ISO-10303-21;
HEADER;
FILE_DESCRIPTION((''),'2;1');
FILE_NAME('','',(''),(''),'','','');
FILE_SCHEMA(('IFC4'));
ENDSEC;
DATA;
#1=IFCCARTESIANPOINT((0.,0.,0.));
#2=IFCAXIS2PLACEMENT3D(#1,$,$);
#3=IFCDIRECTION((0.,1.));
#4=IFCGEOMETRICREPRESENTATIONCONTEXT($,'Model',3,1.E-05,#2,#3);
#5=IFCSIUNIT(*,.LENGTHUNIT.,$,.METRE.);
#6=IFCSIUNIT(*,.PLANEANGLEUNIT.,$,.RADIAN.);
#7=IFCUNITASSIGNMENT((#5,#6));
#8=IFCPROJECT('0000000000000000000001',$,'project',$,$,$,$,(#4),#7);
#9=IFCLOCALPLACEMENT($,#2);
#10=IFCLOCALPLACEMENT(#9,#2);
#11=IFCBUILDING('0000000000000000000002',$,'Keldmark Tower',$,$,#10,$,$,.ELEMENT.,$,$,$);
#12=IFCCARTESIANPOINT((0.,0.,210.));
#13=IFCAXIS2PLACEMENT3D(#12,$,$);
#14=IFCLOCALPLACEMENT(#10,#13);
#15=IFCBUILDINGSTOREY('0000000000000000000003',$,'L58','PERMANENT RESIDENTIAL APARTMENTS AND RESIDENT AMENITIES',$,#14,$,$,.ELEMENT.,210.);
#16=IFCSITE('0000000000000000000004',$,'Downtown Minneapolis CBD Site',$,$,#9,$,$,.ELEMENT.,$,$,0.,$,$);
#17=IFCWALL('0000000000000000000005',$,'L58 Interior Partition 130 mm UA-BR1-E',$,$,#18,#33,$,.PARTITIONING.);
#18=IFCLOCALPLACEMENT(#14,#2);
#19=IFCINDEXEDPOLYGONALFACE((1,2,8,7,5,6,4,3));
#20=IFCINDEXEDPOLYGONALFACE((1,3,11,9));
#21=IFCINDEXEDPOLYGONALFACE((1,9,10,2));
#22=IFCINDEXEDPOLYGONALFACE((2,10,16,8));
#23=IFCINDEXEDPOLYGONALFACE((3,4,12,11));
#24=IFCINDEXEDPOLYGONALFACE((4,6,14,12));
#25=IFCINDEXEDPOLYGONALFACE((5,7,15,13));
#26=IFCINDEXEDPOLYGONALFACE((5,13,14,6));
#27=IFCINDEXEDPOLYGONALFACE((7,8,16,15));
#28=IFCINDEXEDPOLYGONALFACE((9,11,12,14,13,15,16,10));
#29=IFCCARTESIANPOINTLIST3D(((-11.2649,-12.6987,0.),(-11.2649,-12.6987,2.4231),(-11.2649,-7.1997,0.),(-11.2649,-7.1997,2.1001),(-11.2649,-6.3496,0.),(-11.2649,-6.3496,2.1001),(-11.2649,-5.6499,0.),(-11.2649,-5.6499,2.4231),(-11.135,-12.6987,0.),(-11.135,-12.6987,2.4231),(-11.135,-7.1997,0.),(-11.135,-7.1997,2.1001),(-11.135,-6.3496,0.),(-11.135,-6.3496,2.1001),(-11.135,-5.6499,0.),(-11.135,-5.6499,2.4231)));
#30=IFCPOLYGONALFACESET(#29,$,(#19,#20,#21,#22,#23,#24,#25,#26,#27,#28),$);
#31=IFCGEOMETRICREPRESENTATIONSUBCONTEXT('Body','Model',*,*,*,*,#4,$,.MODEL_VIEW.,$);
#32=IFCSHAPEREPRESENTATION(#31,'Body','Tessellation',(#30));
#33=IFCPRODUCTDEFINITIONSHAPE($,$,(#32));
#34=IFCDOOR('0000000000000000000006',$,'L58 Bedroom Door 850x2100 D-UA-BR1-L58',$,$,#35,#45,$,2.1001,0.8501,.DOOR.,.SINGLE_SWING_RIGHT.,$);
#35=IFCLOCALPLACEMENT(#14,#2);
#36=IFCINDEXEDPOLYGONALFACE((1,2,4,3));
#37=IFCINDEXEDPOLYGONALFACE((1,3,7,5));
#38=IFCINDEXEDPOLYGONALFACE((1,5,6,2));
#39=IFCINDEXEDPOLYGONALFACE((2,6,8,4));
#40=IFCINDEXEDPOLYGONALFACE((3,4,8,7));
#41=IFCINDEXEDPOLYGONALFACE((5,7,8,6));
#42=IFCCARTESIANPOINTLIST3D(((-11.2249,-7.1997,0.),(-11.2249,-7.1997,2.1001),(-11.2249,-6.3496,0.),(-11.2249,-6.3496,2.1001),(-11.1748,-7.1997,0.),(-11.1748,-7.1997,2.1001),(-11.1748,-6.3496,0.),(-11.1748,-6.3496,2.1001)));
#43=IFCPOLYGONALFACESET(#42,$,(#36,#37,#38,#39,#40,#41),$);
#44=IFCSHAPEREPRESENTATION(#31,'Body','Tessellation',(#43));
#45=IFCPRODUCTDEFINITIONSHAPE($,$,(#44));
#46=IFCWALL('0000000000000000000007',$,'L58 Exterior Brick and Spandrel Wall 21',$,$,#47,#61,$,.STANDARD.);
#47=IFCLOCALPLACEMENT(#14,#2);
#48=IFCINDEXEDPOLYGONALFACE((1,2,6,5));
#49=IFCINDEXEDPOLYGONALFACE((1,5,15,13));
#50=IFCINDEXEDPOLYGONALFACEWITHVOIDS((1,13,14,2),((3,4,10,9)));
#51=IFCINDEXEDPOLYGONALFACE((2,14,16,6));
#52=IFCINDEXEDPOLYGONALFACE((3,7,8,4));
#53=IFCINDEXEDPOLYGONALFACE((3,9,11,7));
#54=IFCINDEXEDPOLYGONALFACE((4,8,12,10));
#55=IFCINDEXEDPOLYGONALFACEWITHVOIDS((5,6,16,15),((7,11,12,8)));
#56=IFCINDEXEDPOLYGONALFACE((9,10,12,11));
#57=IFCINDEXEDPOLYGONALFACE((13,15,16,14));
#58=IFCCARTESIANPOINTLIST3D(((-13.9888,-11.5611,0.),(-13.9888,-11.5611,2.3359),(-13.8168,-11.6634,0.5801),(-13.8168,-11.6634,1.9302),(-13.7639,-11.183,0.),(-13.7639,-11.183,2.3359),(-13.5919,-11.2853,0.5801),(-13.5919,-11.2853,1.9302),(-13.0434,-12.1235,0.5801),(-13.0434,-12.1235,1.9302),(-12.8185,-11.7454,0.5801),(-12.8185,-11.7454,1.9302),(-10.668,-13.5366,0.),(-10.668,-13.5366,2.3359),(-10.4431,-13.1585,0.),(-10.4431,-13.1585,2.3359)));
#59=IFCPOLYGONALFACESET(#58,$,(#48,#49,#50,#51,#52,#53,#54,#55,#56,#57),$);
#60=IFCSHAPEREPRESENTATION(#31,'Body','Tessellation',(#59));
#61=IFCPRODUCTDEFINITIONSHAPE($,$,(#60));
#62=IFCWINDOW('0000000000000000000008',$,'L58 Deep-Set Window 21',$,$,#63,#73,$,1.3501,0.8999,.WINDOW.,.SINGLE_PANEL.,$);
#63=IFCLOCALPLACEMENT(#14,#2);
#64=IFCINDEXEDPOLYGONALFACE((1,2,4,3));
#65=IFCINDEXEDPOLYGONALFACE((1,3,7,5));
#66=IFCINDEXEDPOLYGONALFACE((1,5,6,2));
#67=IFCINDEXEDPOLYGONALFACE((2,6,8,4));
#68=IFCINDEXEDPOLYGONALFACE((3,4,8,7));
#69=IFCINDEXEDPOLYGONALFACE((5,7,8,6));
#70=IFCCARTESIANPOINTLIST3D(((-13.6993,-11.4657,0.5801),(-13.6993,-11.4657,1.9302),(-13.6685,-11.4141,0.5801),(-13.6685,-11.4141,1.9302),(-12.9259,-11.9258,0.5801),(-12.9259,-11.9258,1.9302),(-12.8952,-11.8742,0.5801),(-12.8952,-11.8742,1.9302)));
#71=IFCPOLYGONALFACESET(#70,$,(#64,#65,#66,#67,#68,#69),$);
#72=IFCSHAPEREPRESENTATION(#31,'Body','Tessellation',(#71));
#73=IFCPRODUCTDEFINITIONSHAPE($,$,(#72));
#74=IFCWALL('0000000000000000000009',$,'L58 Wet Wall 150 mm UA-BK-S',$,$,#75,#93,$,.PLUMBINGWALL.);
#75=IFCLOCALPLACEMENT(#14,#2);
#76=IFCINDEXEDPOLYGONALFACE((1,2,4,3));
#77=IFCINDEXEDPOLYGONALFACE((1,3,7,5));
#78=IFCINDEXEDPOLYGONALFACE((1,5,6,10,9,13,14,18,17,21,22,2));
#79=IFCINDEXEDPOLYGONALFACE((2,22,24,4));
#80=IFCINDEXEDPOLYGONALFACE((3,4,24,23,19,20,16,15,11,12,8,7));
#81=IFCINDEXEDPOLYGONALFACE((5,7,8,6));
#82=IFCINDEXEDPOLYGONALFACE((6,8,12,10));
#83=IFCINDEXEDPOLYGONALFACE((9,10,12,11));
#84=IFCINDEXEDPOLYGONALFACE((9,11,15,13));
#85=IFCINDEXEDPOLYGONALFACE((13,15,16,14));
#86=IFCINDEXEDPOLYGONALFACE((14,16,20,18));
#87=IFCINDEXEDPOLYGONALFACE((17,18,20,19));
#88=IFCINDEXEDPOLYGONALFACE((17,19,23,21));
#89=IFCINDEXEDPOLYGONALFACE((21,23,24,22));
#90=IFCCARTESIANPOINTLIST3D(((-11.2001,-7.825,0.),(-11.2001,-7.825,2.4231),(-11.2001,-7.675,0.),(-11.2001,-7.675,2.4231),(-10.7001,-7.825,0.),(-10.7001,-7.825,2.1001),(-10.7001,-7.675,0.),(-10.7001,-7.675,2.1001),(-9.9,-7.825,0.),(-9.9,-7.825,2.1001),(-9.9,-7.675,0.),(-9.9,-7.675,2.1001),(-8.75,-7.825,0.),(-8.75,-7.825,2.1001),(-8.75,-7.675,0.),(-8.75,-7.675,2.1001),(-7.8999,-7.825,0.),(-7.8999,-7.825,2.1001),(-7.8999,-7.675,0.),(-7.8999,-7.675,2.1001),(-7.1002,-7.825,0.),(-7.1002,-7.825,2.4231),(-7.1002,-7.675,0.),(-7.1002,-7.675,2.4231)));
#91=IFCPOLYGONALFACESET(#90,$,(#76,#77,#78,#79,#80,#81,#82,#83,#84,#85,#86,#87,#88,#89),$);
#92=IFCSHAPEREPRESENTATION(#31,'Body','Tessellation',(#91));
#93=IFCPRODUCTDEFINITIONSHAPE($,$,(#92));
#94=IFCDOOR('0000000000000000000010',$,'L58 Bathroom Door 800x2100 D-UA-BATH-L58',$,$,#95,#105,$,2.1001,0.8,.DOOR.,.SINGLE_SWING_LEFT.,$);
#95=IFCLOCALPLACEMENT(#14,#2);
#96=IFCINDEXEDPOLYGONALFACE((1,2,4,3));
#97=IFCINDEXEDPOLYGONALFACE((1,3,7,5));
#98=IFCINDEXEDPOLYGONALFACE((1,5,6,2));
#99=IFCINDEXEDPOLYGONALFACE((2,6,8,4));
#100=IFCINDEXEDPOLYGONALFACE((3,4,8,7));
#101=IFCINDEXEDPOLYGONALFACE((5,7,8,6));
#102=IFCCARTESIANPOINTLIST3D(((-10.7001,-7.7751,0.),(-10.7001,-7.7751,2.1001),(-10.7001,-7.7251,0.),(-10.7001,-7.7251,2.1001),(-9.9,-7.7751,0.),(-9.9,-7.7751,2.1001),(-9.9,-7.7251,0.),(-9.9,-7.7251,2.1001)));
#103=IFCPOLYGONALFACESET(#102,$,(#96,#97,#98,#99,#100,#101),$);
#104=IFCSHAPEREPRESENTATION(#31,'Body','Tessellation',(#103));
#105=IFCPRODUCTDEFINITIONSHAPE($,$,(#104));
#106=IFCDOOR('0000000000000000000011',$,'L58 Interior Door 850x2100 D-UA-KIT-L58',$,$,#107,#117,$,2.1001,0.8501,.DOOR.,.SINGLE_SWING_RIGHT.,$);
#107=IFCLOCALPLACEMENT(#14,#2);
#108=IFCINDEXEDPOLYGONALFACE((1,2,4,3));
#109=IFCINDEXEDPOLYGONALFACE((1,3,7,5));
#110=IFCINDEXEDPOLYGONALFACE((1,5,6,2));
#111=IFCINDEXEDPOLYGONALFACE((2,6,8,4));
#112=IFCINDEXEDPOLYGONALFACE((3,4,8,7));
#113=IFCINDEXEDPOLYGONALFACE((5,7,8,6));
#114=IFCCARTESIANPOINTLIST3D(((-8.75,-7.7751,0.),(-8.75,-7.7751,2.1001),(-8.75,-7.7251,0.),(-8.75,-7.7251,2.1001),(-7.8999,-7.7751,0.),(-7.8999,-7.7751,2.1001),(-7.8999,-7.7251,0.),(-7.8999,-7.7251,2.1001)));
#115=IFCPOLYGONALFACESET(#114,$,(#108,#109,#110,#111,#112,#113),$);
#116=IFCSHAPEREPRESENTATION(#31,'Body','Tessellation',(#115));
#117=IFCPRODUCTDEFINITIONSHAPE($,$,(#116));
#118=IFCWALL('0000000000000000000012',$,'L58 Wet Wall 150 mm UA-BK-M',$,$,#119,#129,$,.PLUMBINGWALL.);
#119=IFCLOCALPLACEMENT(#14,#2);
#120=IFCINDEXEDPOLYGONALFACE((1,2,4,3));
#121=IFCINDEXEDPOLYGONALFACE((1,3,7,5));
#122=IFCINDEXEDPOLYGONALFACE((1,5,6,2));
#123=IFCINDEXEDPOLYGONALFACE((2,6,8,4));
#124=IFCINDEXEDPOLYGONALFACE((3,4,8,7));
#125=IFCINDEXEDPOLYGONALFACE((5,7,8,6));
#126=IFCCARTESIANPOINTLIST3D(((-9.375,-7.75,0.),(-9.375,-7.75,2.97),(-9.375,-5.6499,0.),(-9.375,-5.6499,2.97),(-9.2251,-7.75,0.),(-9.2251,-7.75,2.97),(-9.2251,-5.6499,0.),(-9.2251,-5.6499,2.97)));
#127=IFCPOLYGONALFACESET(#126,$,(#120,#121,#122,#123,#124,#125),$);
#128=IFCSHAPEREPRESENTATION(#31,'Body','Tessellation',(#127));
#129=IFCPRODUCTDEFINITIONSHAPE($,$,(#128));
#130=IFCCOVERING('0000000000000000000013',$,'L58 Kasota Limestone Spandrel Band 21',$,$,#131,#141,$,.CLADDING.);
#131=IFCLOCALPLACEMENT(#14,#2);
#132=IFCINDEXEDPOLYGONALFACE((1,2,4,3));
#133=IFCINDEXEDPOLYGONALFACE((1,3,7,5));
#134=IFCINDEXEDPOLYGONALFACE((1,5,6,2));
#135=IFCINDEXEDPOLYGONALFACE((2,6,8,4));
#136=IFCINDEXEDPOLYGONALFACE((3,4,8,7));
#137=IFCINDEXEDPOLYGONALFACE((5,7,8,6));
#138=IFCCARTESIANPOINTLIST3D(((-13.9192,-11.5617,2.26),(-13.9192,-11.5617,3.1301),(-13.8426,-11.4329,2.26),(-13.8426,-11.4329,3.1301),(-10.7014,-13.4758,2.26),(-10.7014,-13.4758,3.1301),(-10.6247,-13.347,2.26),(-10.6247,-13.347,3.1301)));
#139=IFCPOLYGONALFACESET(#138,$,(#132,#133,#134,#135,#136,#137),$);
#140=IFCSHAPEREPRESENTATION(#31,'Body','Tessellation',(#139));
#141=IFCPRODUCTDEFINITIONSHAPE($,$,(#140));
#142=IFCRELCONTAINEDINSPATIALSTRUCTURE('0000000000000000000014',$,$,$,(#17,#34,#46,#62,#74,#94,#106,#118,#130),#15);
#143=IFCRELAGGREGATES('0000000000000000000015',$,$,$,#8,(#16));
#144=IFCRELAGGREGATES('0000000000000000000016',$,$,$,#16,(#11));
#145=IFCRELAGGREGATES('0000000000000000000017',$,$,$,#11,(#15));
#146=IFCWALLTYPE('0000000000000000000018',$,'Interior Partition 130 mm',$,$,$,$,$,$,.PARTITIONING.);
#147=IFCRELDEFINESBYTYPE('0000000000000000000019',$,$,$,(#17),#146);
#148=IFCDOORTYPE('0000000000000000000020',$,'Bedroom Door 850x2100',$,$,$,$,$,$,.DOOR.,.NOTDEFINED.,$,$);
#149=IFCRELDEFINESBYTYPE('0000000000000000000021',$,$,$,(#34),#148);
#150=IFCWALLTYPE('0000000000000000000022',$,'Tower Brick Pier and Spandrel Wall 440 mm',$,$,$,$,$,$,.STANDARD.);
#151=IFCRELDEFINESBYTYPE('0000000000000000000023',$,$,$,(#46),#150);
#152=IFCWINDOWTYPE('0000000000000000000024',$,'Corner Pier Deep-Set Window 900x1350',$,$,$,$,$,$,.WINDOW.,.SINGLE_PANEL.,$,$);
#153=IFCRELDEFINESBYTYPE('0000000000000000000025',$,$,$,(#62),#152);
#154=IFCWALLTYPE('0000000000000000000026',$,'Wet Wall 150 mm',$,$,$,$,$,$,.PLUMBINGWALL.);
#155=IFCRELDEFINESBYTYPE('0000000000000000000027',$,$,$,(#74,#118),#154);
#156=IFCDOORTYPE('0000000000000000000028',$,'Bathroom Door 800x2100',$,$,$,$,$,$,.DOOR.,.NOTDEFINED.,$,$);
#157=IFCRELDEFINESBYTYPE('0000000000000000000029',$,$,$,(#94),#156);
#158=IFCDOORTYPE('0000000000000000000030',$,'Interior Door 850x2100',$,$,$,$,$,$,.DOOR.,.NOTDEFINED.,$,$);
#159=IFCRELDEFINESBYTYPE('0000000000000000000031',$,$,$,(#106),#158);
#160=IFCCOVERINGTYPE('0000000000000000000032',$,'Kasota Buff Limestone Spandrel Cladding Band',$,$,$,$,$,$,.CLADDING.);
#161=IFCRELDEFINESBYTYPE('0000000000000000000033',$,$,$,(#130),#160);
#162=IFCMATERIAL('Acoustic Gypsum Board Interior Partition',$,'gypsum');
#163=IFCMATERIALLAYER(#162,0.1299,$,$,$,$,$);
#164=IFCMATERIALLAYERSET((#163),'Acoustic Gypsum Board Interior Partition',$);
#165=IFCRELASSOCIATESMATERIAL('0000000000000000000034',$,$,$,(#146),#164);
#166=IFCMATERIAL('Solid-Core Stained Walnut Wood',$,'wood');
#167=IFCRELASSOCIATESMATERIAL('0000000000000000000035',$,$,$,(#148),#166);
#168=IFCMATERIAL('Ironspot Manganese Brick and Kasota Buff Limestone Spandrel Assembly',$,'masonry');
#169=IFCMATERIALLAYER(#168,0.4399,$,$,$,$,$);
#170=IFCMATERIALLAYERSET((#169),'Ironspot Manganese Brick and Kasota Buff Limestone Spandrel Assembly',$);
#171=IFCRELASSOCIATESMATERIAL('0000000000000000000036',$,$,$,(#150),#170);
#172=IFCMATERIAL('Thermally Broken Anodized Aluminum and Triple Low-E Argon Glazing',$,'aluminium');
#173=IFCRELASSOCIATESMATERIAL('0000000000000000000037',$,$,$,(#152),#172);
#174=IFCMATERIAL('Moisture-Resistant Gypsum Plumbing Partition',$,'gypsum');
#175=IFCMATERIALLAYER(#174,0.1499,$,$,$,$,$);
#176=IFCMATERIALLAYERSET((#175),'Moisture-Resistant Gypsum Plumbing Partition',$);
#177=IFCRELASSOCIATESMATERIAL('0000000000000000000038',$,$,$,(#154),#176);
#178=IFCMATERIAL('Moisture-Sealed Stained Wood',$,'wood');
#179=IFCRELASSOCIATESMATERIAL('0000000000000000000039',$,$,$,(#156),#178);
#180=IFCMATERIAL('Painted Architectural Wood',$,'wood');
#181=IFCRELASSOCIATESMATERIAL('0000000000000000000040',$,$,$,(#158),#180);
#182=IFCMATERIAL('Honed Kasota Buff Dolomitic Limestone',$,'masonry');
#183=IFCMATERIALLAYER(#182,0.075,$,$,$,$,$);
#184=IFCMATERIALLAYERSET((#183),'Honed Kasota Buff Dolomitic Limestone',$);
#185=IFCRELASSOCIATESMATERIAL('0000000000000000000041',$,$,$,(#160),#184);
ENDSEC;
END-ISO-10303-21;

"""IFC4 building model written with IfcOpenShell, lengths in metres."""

from ifc_helpers import new_model, si_unit, direction, frame, frame_2d, origin, origin_2d, place, context, subcontext, project, spatial, rectangle, extrude, material, layer, layer_set, type_object, element, fill, save


model = new_model("IFC4")

# Units and contexts
model_context = context("Model", 3, precision=1e-05, world=origin(), true_north=direction((0.0, 1.0)))
body_context = subcontext(model_context, "Body", "Model", "MODEL_VIEW")
ifc_project = project(units=[si_unit("LENGTHUNIT", "METRE"), si_unit("PLANEANGLEUNIT", "RADIAN")], contexts=[model_context])

# Site, building, storey
site_placement = place(None, origin())
site = spatial("IfcSite", under=ifc_project, at=site_placement, Name="Downtown Minneapolis CBD Site", CompositionType="ELEMENT", RefElevation=0.0)
building_placement = place(site_placement, origin())
building = spatial("IfcBuilding", under=site, at=building_placement, Name="Keldmark Tower", CompositionType="ELEMENT")
storey_placement = place(building_placement, frame((0.0, 0.0, 210.0)))
storey = spatial("IfcBuildingStorey", under=building, at=storey_placement, Name="L58", Description="PERMANENT RESIDENTIAL APARTMENTS AND RESIDENT AMENITIES", CompositionType="ELEMENT", Elevation=210.0)

# Wall, opening, door
ifc_material_1 = material(Name="Acoustic Gypsum Board Interior Partition", Category="gypsum")
ifc_layer_1 = layer(ifc_material_1, 0.1299)
ifc_layer_set_1 = layer_set([ifc_layer_1], Name="Acoustic Gypsum Board Interior Partition")
wall_type_1 = type_object("IfcWallType", Name="Interior Partition 130 mm", PredefinedType="PARTITIONING", material=ifc_layer_set_1)
wall_1_placement = place(storey_placement, frame((-11.2, -12.6987, 0.0), z_axis=(0.0, 0.0, 1.0), x_axis=(0.0, 1.0, 0.0)))
wall_1 = element("IfcWall", 1, at=wall_1_placement, inside=storey, type_object=wall_type_1, Name="L58 Interior Partition 130 mm UA-BR1-E", PredefinedType="PARTITIONING", context=body_context, shape_type="SweptSolid", body=[
    extrude(rectangle(XDim=7.0488, YDim=0.1299, at=frame_2d((3.5244, 0.0))), origin(), (0.0, 0.0, 1.0), 2.4231),
])
opening_1_placement = place(wall_1_placement, frame((5.499, 0.0, 0.0)))
opening_1 = element("IfcOpeningElement", 2, at=opening_1_placement, cuts=wall_1, PredefinedType="OPENING", context=body_context, shape_type="SweptSolid", body=[
    extrude(rectangle(XDim=0.8501, YDim=2.1001, at=frame_2d((0.425, 1.05))), frame((0.0, 0.075, 0.0), z_axis=(0.0, -1.0, 0.0), x_axis=(1.0, 0.0, 0.0)), (0.0, 0.0, 1.0), 0.1499),
])
ifc_material_2 = material(Name="Solid-Core Stained Walnut Wood", Category="wood")
door_type_1 = type_object("IfcDoorType", Name="Bedroom Door 850x2100", OperationType="NOTDEFINED", PredefinedType="DOOR", material=ifc_material_2)
door_1_placement = place(opening_1_placement, origin())
door_1 = element("IfcDoor", 3, at=door_1_placement, inside=storey, type_object=door_type_1, Name="L58 Bedroom Door 850x2100 D-UA-BR1-L58", OperationType="SINGLE_SWING_RIGHT", OverallHeight=2.1001, OverallWidth=0.8501, PredefinedType="DOOR", context=body_context, shape_type="SweptSolid", body=[
    extrude(rectangle(XDim=0.8501, YDim=2.1001, at=frame_2d((0.425, 1.05))), frame((0.0, 0.0249, 0.0), z_axis=(0.0, -1.0, 0.0), x_axis=(1.0, 0.0, 0.0)), (0.0, 0.0, 1.0), 0.05),
])
fill(opening_1, door_1)

# Wall, opening, window
ifc_material_3 = material(Name="Ironspot Manganese Brick and Kasota Buff Limestone Spandrel Assembly", Category="masonry")
ifc_layer_2 = layer(ifc_material_3, 0.4399)
ifc_layer_set_2 = layer_set([ifc_layer_2], Name="Ironspot Manganese Brick and Kasota Buff Limestone Spandrel Assembly")
wall_type_2 = type_object("IfcWallType", Name="Tower Brick Pier and Spandrel Wall 440 mm", PredefinedType="STANDARD", material=ifc_layer_set_2)
wall_2_placement = place(storey_placement, frame((-10.5554, -13.3477, 0.0), z_axis=(0.0, 0.0, 1.0), x_axis=(-0.859416, 0.511277, 0.0)))
wall_2 = element("IfcWall", 4, at=wall_2_placement, inside=storey, type_object=wall_type_2, Name="L58 Exterior Brick and Spandrel Wall 21", PredefinedType="STANDARD", context=body_context, shape_type="SweptSolid", body=[
    extrude(rectangle(XDim=3.864, YDim=0.4399, at=frame_2d((1.9321, 0.0))), origin(), (0.0, 0.0, 1.0), 2.3359),
])
opening_2_placement = place(wall_2_placement, frame((2.7642, 0.0, 0.5801)))
opening_2 = element("IfcOpeningElement", 5, at=opening_2_placement, cuts=wall_2, PredefinedType="OPENING", context=body_context, shape_type="SweptSolid", body=[
    extrude(rectangle(XDim=0.8999, YDim=1.3501, at=frame_2d((0.45, 0.675))), frame((0.0, 0.23, 0.0), z_axis=(0.0, -1.0, 0.0), x_axis=(1.0, 0.0, 0.0)), (0.0, 0.0, 1.0), 0.46),
])
ifc_material_4 = material(Name="Thermally Broken Anodized Aluminum and Triple Low-E Argon Glazing", Category="aluminium")
window_type = type_object("IfcWindowType", Name="Corner Pier Deep-Set Window 900x1350", PartitioningType="SINGLE_PANEL", PredefinedType="WINDOW", material=ifc_material_4)
window_placement = place(opening_2_placement, origin())
window = element("IfcWindow", 6, at=window_placement, inside=storey, type_object=window_type, Name="L58 Deep-Set Window 21", OverallHeight=1.3501, OverallWidth=0.8999, PartitioningType="SINGLE_PANEL", PredefinedType="WINDOW", context=body_context, shape_type="SweptSolid", body=[
    extrude(rectangle(XDim=0.8999, YDim=1.3501, at=frame_2d((0.45, 0.675))), frame((0.0, -0.01, 0.0), z_axis=(0.0, -1.0, 0.0), x_axis=(1.0, 0.0, 0.0)), (0.0, 0.0, 1.0), 0.0601),
])
fill(opening_2, window)

# Wall, openings, doors
ifc_material_5 = material(Name="Moisture-Resistant Gypsum Plumbing Partition", Category="gypsum")
ifc_layer_3 = layer(ifc_material_5, 0.1499)
ifc_layer_set_3 = layer_set([ifc_layer_3], Name="Moisture-Resistant Gypsum Plumbing Partition")
wall_type_3 = type_object("IfcWallType", Name="Wet Wall 150 mm", PredefinedType="PLUMBINGWALL", material=ifc_layer_set_3)
wall_3_placement = place(storey_placement, frame((-11.2, -7.75, 0.0), z_axis=(0.0, 0.0, 1.0), x_axis=(1.0, 0.0, 0.0)))
wall_3 = element("IfcWall", 7, at=wall_3_placement, inside=storey, type_object=wall_type_3, Name="L58 Wet Wall 150 mm UA-BK-S", PredefinedType="PLUMBINGWALL", context=body_context, shape_type="SweptSolid", body=[
    extrude(rectangle(XDim=4.0999, YDim=0.1499, at=frame_2d((2.0498, 0.0))), origin(), (0.0, 0.0, 1.0), 2.4231),
])
opening_3_placement = place(wall_3_placement, frame((0.5, 0.0, 0.0)))
opening_3 = element("IfcOpeningElement", 8, at=opening_3_placement, cuts=wall_3, PredefinedType="OPENING", context=body_context, shape_type="SweptSolid", body=[
    extrude(rectangle(XDim=0.8, YDim=2.1001, at=frame_2d((0.3999, 1.05))), frame((0.0, 0.085, 0.0), z_axis=(0.0, -1.0, 0.0), x_axis=(1.0, 0.0, 0.0)), (0.0, 0.0, 1.0), 0.1699),
])
opening_4_placement = place(wall_3_placement, frame((2.45, 0.0, 0.0)))
opening_4 = element("IfcOpeningElement", 9, at=opening_4_placement, cuts=wall_3, PredefinedType="OPENING", context=body_context, shape_type="SweptSolid", body=[
    extrude(rectangle(XDim=0.8501, YDim=2.1001, at=frame_2d((0.425, 1.05))), frame((0.0, 0.085, 0.0), z_axis=(0.0, -1.0, 0.0), x_axis=(1.0, 0.0, 0.0)), (0.0, 0.0, 1.0), 0.1699),
])
ifc_material_6 = material(Name="Moisture-Sealed Stained Wood", Category="wood")
door_type_2 = type_object("IfcDoorType", Name="Bathroom Door 800x2100", OperationType="NOTDEFINED", PredefinedType="DOOR", material=ifc_material_6)
door_2_placement = place(opening_3_placement, origin())
door_2 = element("IfcDoor", 10, at=door_2_placement, inside=storey, type_object=door_type_2, Name="L58 Bathroom Door 800x2100 D-UA-BATH-L58", OperationType="SINGLE_SWING_LEFT", OverallHeight=2.1001, OverallWidth=0.8, PredefinedType="DOOR", context=body_context, shape_type="SweptSolid", body=[
    extrude(rectangle(XDim=0.8, YDim=2.1001, at=frame_2d((0.3999, 1.05))), frame((0.0, 0.0249, 0.0), z_axis=(0.0, -1.0, 0.0), x_axis=(1.0, 0.0, 0.0)), (0.0, 0.0, 1.0), 0.05),
])
fill(opening_3, door_2)
ifc_material_7 = material(Name="Painted Architectural Wood", Category="wood")
door_type_3 = type_object("IfcDoorType", Name="Interior Door 850x2100", OperationType="NOTDEFINED", PredefinedType="DOOR", material=ifc_material_7)
door_3_placement = place(opening_4_placement, origin())
door_3 = element("IfcDoor", 11, at=door_3_placement, inside=storey, type_object=door_type_3, Name="L58 Interior Door 850x2100 D-UA-KIT-L58", OperationType="SINGLE_SWING_RIGHT", OverallHeight=2.1001, OverallWidth=0.8501, PredefinedType="DOOR", context=body_context, shape_type="SweptSolid", body=[
    extrude(rectangle(XDim=0.8501, YDim=2.1001, at=frame_2d((0.425, 1.05))), frame((0.0, 0.0249, 0.0), z_axis=(0.0, -1.0, 0.0), x_axis=(1.0, 0.0, 0.0)), (0.0, 0.0, 1.0), 0.05),
])
fill(opening_4, door_3)

# Wall
wall_4_placement = place(storey_placement, frame((-9.3, -7.75, 0.0), z_axis=(0.0, 0.0, 1.0), x_axis=(0.0, 1.0, 0.0)))
element("IfcWall", 12, at=wall_4_placement, inside=storey, type_object=wall_type_3, Name="L58 Wet Wall 150 mm UA-BK-M", PredefinedType="PLUMBINGWALL", context=body_context, shape_type="SweptSolid", body=[
    extrude(rectangle(XDim=2.1001, YDim=0.1499, at=frame_2d((1.05, 0.0))), origin(), (0.0, 0.0, 1.0), 2.97),
])

# Covering
ifc_material_8 = material(Name="Honed Kasota Buff Dolomitic Limestone", Category="masonry")
ifc_layer_4 = layer(ifc_material_8, 0.075)
ifc_layer_set_4 = layer_set([ifc_layer_4], Name="Honed Kasota Buff Dolomitic Limestone")
covering_type = type_object("IfcCoveringType", Name="Kasota Buff Limestone Spandrel Cladding Band", PredefinedType="CLADDING", material=ifc_layer_set_4)
covering_placement = place(storey_placement, frame((-12.272, -12.4543, 2.26), z_axis=(0.0, 0.0, 1.0), x_axis=(0.859442, -0.511233, 0.0)))
element("IfcCovering", 13, at=covering_placement, inside=storey, type_object=covering_type, Name="L58 Kasota Limestone Spandrel Band 21", PredefinedType="CLADDING", context=body_context, shape_type="SweptSolid", body=[
    extrude(rectangle(XDim=3.7441, YDim=0.1499, at=origin_2d()), origin(), (0.0, 0.0, 1.0), 0.8701),
])

save(model, "model.ifc")
